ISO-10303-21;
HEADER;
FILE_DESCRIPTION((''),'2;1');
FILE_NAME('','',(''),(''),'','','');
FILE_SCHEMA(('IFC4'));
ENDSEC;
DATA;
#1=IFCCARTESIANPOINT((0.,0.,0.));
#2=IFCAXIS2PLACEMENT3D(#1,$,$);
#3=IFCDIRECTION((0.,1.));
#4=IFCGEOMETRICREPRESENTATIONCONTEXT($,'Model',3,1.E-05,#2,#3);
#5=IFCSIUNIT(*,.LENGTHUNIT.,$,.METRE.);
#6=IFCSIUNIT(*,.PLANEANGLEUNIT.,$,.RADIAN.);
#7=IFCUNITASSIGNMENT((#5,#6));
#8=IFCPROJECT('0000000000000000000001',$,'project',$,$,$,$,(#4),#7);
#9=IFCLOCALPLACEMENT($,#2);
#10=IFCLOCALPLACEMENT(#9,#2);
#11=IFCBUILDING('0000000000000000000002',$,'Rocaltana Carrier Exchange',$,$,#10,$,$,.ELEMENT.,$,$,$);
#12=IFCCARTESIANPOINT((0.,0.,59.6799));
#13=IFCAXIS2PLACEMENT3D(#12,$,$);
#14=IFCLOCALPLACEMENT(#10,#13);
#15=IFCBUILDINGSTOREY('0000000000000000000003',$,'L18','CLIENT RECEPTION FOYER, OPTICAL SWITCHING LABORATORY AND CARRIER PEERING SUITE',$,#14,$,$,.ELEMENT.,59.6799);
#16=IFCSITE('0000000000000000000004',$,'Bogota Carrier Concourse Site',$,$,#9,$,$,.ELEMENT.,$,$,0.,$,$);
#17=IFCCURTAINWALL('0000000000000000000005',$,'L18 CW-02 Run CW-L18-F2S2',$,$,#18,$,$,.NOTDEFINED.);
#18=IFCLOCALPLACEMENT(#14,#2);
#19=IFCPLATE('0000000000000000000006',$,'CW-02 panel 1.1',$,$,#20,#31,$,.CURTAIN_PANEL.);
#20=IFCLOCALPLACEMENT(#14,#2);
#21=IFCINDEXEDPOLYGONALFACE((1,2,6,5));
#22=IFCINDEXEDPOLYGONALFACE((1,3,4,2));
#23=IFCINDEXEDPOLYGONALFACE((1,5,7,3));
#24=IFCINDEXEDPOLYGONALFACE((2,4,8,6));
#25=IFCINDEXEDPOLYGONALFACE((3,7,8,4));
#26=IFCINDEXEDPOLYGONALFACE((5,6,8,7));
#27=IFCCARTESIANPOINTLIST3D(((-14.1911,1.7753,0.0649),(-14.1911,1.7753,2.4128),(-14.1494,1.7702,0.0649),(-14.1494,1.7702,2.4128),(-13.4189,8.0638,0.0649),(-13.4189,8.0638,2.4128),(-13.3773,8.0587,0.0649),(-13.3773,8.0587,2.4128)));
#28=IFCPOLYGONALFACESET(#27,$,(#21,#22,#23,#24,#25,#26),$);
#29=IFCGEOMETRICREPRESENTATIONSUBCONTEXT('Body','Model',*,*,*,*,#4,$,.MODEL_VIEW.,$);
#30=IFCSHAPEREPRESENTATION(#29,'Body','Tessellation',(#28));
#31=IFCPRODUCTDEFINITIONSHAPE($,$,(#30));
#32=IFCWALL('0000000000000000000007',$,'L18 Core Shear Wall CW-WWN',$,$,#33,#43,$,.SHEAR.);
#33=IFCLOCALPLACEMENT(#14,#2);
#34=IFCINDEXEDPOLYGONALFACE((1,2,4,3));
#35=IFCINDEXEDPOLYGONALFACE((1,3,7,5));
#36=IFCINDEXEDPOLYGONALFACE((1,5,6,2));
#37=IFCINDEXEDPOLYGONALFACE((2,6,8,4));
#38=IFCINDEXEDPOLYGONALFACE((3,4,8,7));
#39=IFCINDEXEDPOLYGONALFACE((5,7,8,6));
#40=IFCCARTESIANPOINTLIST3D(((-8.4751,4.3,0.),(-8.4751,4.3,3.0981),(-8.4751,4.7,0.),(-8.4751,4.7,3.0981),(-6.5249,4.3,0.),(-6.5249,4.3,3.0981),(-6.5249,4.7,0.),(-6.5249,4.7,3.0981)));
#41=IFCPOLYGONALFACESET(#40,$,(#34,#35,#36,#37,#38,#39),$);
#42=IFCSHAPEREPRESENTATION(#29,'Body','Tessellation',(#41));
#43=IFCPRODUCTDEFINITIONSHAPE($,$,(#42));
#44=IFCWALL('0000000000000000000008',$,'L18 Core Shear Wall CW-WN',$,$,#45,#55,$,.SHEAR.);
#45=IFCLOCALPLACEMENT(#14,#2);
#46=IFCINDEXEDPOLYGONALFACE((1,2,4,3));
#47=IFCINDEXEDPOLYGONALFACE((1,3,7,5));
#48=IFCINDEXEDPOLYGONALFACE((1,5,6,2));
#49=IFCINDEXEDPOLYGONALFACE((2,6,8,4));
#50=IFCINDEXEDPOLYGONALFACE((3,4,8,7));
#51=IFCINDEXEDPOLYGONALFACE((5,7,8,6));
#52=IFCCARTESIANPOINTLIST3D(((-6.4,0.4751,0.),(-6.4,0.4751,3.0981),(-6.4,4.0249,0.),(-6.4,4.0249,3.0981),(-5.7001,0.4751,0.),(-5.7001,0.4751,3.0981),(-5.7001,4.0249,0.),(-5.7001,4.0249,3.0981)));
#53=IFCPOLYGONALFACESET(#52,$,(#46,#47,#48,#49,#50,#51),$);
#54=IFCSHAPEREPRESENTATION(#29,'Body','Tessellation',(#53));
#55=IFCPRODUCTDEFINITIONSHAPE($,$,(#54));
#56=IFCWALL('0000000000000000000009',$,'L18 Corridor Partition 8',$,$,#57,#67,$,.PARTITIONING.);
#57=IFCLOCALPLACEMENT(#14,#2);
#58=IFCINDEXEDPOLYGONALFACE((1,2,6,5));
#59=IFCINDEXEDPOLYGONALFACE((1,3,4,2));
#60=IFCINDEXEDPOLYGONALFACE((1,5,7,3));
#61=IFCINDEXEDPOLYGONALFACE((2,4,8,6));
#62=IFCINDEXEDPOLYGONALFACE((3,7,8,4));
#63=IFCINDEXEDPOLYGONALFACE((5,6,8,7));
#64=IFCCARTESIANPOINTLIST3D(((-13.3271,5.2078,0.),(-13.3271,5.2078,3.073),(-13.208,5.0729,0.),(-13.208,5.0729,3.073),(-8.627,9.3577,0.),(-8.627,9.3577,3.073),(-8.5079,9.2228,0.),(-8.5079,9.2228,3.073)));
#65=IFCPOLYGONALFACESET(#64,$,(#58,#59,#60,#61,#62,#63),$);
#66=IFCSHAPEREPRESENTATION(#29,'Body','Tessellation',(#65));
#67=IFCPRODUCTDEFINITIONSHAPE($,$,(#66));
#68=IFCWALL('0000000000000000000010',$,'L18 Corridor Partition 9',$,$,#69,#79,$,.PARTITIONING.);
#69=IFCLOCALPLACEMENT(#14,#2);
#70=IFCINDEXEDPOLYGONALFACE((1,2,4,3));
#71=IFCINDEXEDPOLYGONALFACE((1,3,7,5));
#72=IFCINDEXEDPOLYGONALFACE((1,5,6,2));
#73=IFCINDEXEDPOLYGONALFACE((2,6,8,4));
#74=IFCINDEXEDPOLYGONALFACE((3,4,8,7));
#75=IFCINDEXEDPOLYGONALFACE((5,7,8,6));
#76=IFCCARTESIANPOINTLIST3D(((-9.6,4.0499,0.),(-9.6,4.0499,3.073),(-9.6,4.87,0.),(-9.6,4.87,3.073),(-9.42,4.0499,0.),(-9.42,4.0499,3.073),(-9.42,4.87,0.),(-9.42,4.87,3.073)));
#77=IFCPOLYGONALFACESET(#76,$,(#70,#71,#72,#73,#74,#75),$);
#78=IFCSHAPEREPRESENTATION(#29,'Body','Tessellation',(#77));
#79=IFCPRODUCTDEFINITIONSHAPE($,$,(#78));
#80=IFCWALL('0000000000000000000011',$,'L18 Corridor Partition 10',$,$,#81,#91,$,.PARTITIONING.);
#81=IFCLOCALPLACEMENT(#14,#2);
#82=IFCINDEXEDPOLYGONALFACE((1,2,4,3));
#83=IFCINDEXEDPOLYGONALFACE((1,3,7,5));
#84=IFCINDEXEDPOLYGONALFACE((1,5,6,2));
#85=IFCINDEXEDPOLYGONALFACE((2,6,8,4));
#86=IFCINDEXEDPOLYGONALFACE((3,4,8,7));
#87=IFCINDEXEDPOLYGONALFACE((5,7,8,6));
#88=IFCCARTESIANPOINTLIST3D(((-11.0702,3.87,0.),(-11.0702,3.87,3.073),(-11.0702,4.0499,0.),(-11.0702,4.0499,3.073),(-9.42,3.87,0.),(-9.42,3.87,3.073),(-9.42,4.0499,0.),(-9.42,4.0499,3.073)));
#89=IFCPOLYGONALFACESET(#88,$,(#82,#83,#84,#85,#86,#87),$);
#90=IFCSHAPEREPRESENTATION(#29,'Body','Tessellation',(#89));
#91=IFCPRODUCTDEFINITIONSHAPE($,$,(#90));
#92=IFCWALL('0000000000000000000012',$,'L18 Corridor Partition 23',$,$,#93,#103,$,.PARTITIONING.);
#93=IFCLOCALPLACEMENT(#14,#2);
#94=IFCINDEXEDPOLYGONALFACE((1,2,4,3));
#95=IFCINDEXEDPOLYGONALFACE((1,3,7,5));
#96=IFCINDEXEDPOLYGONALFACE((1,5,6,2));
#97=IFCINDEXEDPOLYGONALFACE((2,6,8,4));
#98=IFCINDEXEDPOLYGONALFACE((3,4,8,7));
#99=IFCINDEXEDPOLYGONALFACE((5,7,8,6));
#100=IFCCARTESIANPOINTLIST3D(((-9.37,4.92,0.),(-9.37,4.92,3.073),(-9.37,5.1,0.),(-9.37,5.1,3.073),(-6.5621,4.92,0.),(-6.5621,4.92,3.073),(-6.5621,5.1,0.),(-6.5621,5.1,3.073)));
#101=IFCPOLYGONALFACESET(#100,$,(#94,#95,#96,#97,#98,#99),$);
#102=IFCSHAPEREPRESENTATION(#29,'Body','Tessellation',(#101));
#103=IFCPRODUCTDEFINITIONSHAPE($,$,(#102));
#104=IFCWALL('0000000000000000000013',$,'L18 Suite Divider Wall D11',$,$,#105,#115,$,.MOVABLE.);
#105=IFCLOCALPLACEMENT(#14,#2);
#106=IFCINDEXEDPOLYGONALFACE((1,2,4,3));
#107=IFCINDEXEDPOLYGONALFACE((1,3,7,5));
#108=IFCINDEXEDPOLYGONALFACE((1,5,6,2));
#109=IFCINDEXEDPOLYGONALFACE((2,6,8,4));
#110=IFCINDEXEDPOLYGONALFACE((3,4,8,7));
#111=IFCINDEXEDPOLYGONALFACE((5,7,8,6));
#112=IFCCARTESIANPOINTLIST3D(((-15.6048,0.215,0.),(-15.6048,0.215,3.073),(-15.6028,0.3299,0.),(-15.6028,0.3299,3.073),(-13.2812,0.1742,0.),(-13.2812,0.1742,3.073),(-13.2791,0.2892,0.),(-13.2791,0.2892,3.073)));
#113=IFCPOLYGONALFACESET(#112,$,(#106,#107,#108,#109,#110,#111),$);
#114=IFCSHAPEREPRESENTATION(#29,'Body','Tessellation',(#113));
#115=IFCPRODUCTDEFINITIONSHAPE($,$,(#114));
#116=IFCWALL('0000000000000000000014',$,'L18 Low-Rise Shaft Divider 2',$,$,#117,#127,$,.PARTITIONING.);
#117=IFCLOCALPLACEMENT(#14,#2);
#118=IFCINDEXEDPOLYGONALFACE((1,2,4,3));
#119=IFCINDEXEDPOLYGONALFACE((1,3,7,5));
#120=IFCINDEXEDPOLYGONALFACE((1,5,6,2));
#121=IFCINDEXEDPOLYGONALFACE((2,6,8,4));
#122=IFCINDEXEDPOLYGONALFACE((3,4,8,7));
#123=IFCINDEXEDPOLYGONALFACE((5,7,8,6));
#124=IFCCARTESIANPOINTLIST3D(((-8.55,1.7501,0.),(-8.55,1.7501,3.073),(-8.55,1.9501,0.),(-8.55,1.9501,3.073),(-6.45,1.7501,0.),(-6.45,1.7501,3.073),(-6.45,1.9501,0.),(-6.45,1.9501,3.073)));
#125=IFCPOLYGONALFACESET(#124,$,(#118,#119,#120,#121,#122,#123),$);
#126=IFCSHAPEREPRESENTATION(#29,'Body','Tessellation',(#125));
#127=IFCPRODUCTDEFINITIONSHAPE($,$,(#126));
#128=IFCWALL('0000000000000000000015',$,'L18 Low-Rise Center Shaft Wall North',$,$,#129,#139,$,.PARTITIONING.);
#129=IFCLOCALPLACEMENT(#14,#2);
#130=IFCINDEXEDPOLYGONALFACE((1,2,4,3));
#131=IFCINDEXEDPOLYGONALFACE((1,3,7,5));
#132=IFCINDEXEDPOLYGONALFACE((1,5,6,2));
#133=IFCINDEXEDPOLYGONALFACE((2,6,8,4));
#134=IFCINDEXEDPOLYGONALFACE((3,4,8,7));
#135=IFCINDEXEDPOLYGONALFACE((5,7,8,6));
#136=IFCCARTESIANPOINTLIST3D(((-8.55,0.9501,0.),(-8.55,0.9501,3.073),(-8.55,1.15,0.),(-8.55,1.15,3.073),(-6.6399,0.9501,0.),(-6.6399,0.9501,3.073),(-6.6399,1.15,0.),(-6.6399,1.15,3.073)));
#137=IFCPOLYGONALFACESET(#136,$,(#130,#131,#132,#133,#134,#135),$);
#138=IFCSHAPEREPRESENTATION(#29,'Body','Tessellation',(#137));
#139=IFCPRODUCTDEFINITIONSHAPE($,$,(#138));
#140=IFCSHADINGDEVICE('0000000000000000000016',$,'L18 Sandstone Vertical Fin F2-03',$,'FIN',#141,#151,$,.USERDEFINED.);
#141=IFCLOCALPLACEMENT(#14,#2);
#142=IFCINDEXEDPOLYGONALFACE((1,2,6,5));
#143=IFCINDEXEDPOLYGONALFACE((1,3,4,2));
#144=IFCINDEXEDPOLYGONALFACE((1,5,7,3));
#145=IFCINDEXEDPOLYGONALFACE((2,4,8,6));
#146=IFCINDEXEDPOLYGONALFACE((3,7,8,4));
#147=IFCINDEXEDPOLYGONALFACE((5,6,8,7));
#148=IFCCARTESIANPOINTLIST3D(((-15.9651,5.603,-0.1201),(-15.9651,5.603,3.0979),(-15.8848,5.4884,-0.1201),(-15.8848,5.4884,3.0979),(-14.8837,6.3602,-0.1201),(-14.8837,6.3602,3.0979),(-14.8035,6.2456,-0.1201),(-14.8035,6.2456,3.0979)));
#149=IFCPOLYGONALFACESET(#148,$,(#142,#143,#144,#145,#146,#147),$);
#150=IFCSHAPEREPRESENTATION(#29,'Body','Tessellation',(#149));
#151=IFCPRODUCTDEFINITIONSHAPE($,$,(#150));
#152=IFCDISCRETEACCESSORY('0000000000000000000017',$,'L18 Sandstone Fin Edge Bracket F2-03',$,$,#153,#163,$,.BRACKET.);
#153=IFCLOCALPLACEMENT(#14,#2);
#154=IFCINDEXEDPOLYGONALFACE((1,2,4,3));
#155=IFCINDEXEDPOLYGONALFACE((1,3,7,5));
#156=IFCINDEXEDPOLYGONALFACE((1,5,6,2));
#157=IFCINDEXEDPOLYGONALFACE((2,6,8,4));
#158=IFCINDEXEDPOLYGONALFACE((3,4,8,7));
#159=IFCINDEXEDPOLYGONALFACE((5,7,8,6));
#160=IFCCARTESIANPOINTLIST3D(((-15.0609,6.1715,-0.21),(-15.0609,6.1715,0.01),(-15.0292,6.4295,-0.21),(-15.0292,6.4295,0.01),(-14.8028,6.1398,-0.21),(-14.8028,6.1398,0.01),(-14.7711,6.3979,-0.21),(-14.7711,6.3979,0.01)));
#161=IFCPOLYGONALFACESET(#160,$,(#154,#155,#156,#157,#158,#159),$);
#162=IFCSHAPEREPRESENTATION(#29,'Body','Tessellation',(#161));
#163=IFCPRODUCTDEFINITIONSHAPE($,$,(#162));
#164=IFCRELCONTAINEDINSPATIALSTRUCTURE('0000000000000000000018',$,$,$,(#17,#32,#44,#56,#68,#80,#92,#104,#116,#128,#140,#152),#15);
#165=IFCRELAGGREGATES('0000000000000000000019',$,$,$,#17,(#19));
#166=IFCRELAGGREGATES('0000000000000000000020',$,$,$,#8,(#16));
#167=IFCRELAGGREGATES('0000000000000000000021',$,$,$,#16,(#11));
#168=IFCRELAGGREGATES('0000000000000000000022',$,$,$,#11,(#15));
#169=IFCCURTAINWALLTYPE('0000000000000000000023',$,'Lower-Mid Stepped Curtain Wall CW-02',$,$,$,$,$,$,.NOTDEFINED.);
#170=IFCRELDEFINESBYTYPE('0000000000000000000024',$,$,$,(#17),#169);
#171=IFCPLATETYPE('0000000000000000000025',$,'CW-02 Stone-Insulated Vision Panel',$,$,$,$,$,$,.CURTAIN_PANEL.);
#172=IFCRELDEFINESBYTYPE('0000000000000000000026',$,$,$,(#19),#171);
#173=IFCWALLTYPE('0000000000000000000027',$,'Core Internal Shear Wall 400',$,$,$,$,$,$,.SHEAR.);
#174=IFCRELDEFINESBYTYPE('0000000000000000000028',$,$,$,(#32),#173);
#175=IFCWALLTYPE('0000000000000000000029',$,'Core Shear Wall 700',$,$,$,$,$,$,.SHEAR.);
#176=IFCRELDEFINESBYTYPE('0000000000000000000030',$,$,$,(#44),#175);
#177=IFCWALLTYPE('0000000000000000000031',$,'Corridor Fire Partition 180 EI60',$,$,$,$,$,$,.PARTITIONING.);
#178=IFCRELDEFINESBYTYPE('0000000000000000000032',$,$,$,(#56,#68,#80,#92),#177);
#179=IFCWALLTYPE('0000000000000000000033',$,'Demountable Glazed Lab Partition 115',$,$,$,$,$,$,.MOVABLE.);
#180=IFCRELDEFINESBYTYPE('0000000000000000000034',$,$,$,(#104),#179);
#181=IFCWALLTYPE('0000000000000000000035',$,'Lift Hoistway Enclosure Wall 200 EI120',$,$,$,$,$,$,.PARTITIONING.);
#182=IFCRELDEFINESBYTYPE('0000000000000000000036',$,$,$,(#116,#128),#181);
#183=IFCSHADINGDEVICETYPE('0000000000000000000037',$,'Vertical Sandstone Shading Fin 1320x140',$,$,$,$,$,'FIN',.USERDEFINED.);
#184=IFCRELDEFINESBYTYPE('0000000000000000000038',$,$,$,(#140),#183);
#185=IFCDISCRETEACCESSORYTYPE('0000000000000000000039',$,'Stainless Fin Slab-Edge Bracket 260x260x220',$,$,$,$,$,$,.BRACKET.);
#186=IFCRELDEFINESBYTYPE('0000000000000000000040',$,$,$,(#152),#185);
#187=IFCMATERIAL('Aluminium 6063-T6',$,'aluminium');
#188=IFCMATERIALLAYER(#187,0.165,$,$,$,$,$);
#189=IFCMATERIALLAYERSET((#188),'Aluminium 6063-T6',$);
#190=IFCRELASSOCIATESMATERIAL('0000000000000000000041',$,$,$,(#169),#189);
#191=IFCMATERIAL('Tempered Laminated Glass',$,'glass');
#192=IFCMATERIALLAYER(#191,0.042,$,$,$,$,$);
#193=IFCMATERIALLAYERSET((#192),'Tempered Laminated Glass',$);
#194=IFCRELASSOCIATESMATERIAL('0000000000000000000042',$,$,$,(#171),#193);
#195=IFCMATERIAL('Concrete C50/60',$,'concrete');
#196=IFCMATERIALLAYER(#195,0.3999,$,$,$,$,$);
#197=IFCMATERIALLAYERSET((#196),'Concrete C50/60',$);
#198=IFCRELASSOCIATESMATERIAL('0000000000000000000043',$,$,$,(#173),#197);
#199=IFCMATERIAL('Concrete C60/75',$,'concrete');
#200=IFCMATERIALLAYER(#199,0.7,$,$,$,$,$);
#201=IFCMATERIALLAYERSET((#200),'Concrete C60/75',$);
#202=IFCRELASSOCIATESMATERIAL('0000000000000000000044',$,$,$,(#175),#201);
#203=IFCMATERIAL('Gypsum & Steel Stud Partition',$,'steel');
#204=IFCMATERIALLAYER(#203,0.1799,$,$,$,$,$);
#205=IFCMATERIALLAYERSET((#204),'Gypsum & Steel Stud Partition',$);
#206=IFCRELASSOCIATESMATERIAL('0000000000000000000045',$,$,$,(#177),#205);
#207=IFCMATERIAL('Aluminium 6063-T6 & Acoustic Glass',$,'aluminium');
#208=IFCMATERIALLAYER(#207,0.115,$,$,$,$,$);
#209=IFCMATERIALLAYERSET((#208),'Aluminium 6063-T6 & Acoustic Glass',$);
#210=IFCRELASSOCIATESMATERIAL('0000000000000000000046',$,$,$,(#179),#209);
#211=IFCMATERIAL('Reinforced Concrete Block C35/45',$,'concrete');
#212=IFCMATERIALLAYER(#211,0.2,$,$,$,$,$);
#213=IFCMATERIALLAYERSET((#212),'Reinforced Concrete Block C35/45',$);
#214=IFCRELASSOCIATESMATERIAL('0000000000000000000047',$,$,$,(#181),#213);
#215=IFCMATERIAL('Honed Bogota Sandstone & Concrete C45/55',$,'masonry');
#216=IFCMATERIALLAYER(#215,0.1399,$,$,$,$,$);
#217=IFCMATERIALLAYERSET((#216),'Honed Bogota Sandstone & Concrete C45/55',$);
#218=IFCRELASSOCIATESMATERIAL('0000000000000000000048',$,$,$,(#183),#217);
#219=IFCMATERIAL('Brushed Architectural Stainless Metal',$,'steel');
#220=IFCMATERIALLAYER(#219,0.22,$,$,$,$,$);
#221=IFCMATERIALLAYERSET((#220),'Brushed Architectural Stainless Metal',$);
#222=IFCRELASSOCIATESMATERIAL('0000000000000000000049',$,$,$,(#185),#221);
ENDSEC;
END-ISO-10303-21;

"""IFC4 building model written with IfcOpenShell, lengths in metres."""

from ifc_helpers import new_model, si_unit, direction, frame, frame_2d, origin, origin_2d, place, context, subcontext, project, spatial, rectangle, extrude, material, layer, layer_set, type_object, element, aggregate, save


model = new_model("IFC4")

# Units and contexts
model_context = context("Model", 3, precision=1e-05, world=origin(), true_north=direction((0.0, 1.0)))
body_context = subcontext(model_context, "Body", "Model", "MODEL_VIEW")
ifc_project = project(units=[si_unit("LENGTHUNIT", "METRE"), si_unit("PLANEANGLEUNIT", "RADIAN")], contexts=[model_context])

# Site, building, storey
site_placement = place(None, origin())
site = spatial("IfcSite", under=ifc_project, at=site_placement, Name="Bogota Carrier Concourse Site", CompositionType="ELEMENT", RefElevation=0.0)
building_placement = place(site_placement, origin())
building = spatial("IfcBuilding", under=site, at=building_placement, Name="Rocaltana Carrier Exchange", CompositionType="ELEMENT")
storey_placement = place(building_placement, frame((0.0, 0.0, 59.6799)))
storey = spatial("IfcBuildingStorey", under=building, at=storey_placement, Name="L18", Description="CLIENT RECEPTION FOYER, OPTICAL SWITCHING LABORATORY AND CARRIER PEERING SUITE", CompositionType="ELEMENT", Elevation=59.6799)

# Curtain wall
ifc_material_1 = material(Name="Aluminium 6063-T6", Category="aluminium")
ifc_layer_1 = layer(ifc_material_1, 0.165)
ifc_layer_set_1 = layer_set([ifc_layer_1], Name="Aluminium 6063-T6")
curtain_wall_type = type_object("IfcCurtainWallType", Name="Lower-Mid Stepped Curtain Wall CW-02", PredefinedType="NOTDEFINED", material=ifc_layer_set_1)
curtain_wall_placement = place(storey_placement, origin())
curtain_wall = element("IfcCurtainWall", 1, at=curtain_wall_placement, inside=storey, type_object=curtain_wall_type, Name="L18 CW-02 Run CW-L18-F2S2", PredefinedType="NOTDEFINED")

# Plate
ifc_material_2 = material(Name="Tempered Laminated Glass", Category="glass")
ifc_layer_2 = layer(ifc_material_2, 0.042)
ifc_layer_set_2 = layer_set([ifc_layer_2], Name="Tempered Laminated Glass")
plate_type = type_object("IfcPlateType", Name="CW-02 Stone-Insulated Vision Panel", PredefinedType="CURTAIN_PANEL", material=ifc_layer_set_2)
plate_placement = place(storey_placement, frame((-13.7842, 4.917, 0.0649), z_axis=(0.0, 0.0, 1.0), x_axis=(-0.121874, -0.992546, 0.0)))
plate = element("IfcPlate", 2, at=plate_placement, type_object=plate_type, Name="CW-02 panel 1.1", PredefinedType="CURTAIN_PANEL", context=body_context, shape_type="SweptSolid", body=[
    extrude(rectangle(XDim=6.3357, YDim=0.042, at=origin_2d()), origin(), (0.0, 0.0, 1.0), 2.3479),
])
aggregate(curtain_wall, [plate])

# Walls
ifc_material_3 = material(Name="Concrete C50/60", Category="concrete")
ifc_layer_3 = layer(ifc_material_3, 0.3999)
ifc_layer_set_3 = layer_set([ifc_layer_3], Name="Concrete C50/60")
wall_type_1 = type_object("IfcWallType", Name="Core Internal Shear Wall 400", PredefinedType="SHEAR", material=ifc_layer_set_3)
wall_1_placement = place(storey_placement, frame((-8.4751, 4.5, 0.0), z_axis=(0.0, 0.0, 1.0), x_axis=(1.0, 0.0, 0.0)))
element("IfcWall", 3, at=wall_1_placement, inside=storey, type_object=wall_type_1, Name="L18 Core Shear Wall CW-WWN", PredefinedType="SHEAR", context=body_context, shape_type="SweptSolid", body=[
    extrude(rectangle(XDim=1.9502, YDim=0.3999, at=frame_2d((0.9751, 0.0))), origin(), (0.0, 0.0, 1.0), 3.0981),
])
ifc_material_4 = material(Name="Concrete C60/75", Category="concrete")
ifc_layer_4 = layer(ifc_material_4, 0.7)
ifc_layer_set_4 = layer_set([ifc_layer_4], Name="Concrete C60/75")
wall_type_2 = type_object("IfcWallType", Name="Core Shear Wall 700", PredefinedType="SHEAR", material=ifc_layer_set_4)
wall_2_placement = place(storey_placement, frame((-6.05, 0.4751, 0.0), z_axis=(0.0, 0.0, 1.0), x_axis=(0.0, 1.0, 0.0)))
element("IfcWall", 4, at=wall_2_placement, inside=storey, type_object=wall_type_2, Name="L18 Core Shear Wall CW-WN", PredefinedType="SHEAR", context=body_context, shape_type="SweptSolid", body=[
    extrude(rectangle(XDim=3.5498, YDim=0.7, at=frame_2d((1.7749, 0.0))), origin(), (0.0, 0.0, 1.0), 3.0981),
])
ifc_material_5 = material(Name="Gypsum & Steel Stud Partition", Category="steel")
ifc_layer_5 = layer(ifc_material_5, 0.1799)
ifc_layer_set_5 = layer_set([ifc_layer_5], Name="Gypsum & Steel Stud Partition")
wall_type_3 = type_object("IfcWallType", Name="Corridor Fire Partition 180 EI60", PredefinedType="PARTITIONING", material=ifc_layer_set_5)
wall_3_placement = place(storey_placement, frame((-13.2676, 5.1404, 0.0), z_axis=(0.0, 0.0, 1.0), x_axis=(0.749626, 0.661861, 0.0)))
element("IfcWall", 5, at=wall_3_placement, inside=storey, type_object=wall_type_3, Name="L18 Corridor Partition 8", PredefinedType="PARTITIONING", context=body_context, shape_type="SweptSolid", body=[
    extrude(rectangle(XDim=6.27, YDim=0.1799, at=frame_2d((3.135, 0.0))), origin(), (0.0, 0.0, 1.0), 3.073),
])
wall_4_placement = place(storey_placement, frame((-9.51, 4.8701, 0.0), z_axis=(0.0, 0.0, 1.0), x_axis=(0.0, -1.0, 0.0)))
element("IfcWall", 6, at=wall_4_placement, inside=storey, type_object=wall_type_3, Name="L18 Corridor Partition 9", PredefinedType="PARTITIONING", context=body_context, shape_type="SweptSolid", body=[
    extrude(rectangle(XDim=0.8201, YDim=0.1799, at=frame_2d((0.4102, 0.0))), origin(), (0.0, 0.0, 1.0), 3.073),
])
wall_5_placement = place(storey_placement, frame((-9.4199, 3.96, 0.0), z_axis=(0.0, 0.0, 1.0), x_axis=(-1.0, 0.0, 0.0)))
element("IfcWall", 7, at=wall_5_placement, inside=storey, type_object=wall_type_3, Name="L18 Corridor Partition 10", PredefinedType="PARTITIONING", context=body_context, shape_type="SweptSolid", body=[
    extrude(rectangle(XDim=1.6501, YDim=0.1799, at=frame_2d((0.8252, 0.0))), origin(), (0.0, 0.0, 1.0), 3.073),
])
wall_6_placement = place(storey_placement, frame((-6.5623, 5.01, 0.0), z_axis=(0.0, 0.0, 1.0), x_axis=(-1.0, 0.0, 0.0)))
element("IfcWall", 8, at=wall_6_placement, inside=storey, type_object=wall_type_3, Name="L18 Corridor Partition 23", PredefinedType="PARTITIONING", context=body_context, shape_type="SweptSolid", body=[
    extrude(rectangle(XDim=2.8079, YDim=0.1799, at=frame_2d((1.4038, 0.0))), origin(), (0.0, 0.0, 1.0), 3.073),
])
ifc_material_6 = material(Name="Aluminium 6063-T6 & Acoustic Glass", Category="aluminium")
ifc_layer_6 = layer(ifc_material_6, 0.115)
ifc_layer_set_6 = layer_set([ifc_layer_6], Name="Aluminium 6063-T6 & Acoustic Glass")
wall_type_4 = type_object("IfcWallType", Name="Demountable Glazed Lab Partition 115", PredefinedType="MOVABLE", material=ifc_layer_set_6)
wall_7_placement = place(storey_placement, frame((-13.28, 0.2317, 0.0), z_axis=(0.0, 0.0, 1.0), x_axis=(-0.999846, 0.017543, 0.0)))
element("IfcWall", 9, at=wall_7_placement, inside=storey, type_object=wall_type_4, Name="L18 Suite Divider Wall D11", PredefinedType="MOVABLE", context=body_context, shape_type="SweptSolid", body=[
    extrude(rectangle(XDim=2.324, YDim=0.115, at=frame_2d((1.1621, 0.0))), origin(), (0.0, 0.0, 1.0), 3.073),
])
ifc_material_7 = material(Name="Reinforced Concrete Block C35/45", Category="concrete")
ifc_layer_7 = layer(ifc_material_7, 0.2)
ifc_layer_set_7 = layer_set([ifc_layer_7], Name="Reinforced Concrete Block C35/45")
wall_type_5 = type_object("IfcWallType", Name="Lift Hoistway Enclosure Wall 200 EI120", PredefinedType="PARTITIONING", material=ifc_layer_set_7)
wall_8_placement = place(storey_placement, frame((-8.55, 1.8501, 0.0), z_axis=(0.0, 0.0, 1.0), x_axis=(1.0, 0.0, 0.0)))
element("IfcWall", 10, at=wall_8_placement, inside=storey, type_object=wall_type_5, Name="L18 Low-Rise Shaft Divider 2", PredefinedType="PARTITIONING", context=body_context, shape_type="SweptSolid", body=[
    extrude(rectangle(XDim=2.1001, YDim=0.2, at=frame_2d((1.05, 0.0))), origin(), (0.0, 0.0, 1.0), 3.073),
])
wall_9_placement = place(storey_placement, frame((-8.55, 1.05, 0.0), z_axis=(0.0, 0.0, 1.0), x_axis=(1.0, 0.0, 0.0)))
element("IfcWall", 11, at=wall_9_placement, inside=storey, type_object=wall_type_5, Name="L18 Low-Rise Center Shaft Wall North", PredefinedType="PARTITIONING", context=body_context, shape_type="SweptSolid", body=[
    extrude(rectangle(XDim=1.9102, YDim=0.2, at=frame_2d((0.9551, 0.0))), origin(), (0.0, 0.0, 1.0), 3.073),
])

# Shading device
ifc_material_8 = material(Name="Honed Bogota Sandstone & Concrete C45/55", Category="masonry")
ifc_layer_8 = layer(ifc_material_8, 0.1399)
ifc_layer_set_8 = layer_set([ifc_layer_8], Name="Honed Bogota Sandstone & Concrete C45/55")
shading_device_type = type_object("IfcShadingDeviceType", Name="Vertical Sandstone Shading Fin 1320x140", ElementType="FIN", PredefinedType="USERDEFINED", material=ifc_layer_set_8)
shading_device_placement = place(storey_placement, frame((-15.3843, 5.9243, -0.1201), z_axis=(0.0, 0.0, 1.0), x_axis=(-0.819152, -0.573576, 0.0)))
element("IfcShadingDevice", 12, at=shading_device_placement, inside=storey, type_object=shading_device_type, Name="L18 Sandstone Vertical Fin F2-03", ObjectType="FIN", PredefinedType="USERDEFINED", context=body_context, shape_type="SweptSolid", body=[
    extrude(rectangle(XDim=1.3201, YDim=0.1399, at=origin_2d()), origin(), (0.0, 0.0, 1.0), 3.218),
])

# Discrete accessory
ifc_material_9 = material(Name="Brushed Architectural Stainless Metal", Category="steel")
ifc_layer_9 = layer(ifc_material_9, 0.22)
ifc_layer_set_9 = layer_set([ifc_layer_9], Name="Brushed Architectural Stainless Metal")
discrete_accessory_type = type_object("IfcDiscreteAccessoryType", Name="Stainless Fin Slab-Edge Bracket 260x260x220", PredefinedType="BRACKET", material=ifc_layer_set_9)
discrete_accessory_placement = place(storey_placement, frame((-14.916, 6.2847, -0.21), z_axis=(0.0, 0.0, 1.0), x_axis=(-0.121869, -0.992546, 0.0)))
element("IfcDiscreteAccessory", 13, at=discrete_accessory_placement, inside=storey, type_object=discrete_accessory_type, Name="L18 Sandstone Fin Edge Bracket F2-03", PredefinedType="BRACKET", context=body_context, shape_type="SweptSolid", body=[
    extrude(rectangle(XDim=0.26, YDim=0.26, at=origin_2d()), origin(), (0.0, 0.0, 1.0), 0.22),
])

save(model, "model.ifc")
